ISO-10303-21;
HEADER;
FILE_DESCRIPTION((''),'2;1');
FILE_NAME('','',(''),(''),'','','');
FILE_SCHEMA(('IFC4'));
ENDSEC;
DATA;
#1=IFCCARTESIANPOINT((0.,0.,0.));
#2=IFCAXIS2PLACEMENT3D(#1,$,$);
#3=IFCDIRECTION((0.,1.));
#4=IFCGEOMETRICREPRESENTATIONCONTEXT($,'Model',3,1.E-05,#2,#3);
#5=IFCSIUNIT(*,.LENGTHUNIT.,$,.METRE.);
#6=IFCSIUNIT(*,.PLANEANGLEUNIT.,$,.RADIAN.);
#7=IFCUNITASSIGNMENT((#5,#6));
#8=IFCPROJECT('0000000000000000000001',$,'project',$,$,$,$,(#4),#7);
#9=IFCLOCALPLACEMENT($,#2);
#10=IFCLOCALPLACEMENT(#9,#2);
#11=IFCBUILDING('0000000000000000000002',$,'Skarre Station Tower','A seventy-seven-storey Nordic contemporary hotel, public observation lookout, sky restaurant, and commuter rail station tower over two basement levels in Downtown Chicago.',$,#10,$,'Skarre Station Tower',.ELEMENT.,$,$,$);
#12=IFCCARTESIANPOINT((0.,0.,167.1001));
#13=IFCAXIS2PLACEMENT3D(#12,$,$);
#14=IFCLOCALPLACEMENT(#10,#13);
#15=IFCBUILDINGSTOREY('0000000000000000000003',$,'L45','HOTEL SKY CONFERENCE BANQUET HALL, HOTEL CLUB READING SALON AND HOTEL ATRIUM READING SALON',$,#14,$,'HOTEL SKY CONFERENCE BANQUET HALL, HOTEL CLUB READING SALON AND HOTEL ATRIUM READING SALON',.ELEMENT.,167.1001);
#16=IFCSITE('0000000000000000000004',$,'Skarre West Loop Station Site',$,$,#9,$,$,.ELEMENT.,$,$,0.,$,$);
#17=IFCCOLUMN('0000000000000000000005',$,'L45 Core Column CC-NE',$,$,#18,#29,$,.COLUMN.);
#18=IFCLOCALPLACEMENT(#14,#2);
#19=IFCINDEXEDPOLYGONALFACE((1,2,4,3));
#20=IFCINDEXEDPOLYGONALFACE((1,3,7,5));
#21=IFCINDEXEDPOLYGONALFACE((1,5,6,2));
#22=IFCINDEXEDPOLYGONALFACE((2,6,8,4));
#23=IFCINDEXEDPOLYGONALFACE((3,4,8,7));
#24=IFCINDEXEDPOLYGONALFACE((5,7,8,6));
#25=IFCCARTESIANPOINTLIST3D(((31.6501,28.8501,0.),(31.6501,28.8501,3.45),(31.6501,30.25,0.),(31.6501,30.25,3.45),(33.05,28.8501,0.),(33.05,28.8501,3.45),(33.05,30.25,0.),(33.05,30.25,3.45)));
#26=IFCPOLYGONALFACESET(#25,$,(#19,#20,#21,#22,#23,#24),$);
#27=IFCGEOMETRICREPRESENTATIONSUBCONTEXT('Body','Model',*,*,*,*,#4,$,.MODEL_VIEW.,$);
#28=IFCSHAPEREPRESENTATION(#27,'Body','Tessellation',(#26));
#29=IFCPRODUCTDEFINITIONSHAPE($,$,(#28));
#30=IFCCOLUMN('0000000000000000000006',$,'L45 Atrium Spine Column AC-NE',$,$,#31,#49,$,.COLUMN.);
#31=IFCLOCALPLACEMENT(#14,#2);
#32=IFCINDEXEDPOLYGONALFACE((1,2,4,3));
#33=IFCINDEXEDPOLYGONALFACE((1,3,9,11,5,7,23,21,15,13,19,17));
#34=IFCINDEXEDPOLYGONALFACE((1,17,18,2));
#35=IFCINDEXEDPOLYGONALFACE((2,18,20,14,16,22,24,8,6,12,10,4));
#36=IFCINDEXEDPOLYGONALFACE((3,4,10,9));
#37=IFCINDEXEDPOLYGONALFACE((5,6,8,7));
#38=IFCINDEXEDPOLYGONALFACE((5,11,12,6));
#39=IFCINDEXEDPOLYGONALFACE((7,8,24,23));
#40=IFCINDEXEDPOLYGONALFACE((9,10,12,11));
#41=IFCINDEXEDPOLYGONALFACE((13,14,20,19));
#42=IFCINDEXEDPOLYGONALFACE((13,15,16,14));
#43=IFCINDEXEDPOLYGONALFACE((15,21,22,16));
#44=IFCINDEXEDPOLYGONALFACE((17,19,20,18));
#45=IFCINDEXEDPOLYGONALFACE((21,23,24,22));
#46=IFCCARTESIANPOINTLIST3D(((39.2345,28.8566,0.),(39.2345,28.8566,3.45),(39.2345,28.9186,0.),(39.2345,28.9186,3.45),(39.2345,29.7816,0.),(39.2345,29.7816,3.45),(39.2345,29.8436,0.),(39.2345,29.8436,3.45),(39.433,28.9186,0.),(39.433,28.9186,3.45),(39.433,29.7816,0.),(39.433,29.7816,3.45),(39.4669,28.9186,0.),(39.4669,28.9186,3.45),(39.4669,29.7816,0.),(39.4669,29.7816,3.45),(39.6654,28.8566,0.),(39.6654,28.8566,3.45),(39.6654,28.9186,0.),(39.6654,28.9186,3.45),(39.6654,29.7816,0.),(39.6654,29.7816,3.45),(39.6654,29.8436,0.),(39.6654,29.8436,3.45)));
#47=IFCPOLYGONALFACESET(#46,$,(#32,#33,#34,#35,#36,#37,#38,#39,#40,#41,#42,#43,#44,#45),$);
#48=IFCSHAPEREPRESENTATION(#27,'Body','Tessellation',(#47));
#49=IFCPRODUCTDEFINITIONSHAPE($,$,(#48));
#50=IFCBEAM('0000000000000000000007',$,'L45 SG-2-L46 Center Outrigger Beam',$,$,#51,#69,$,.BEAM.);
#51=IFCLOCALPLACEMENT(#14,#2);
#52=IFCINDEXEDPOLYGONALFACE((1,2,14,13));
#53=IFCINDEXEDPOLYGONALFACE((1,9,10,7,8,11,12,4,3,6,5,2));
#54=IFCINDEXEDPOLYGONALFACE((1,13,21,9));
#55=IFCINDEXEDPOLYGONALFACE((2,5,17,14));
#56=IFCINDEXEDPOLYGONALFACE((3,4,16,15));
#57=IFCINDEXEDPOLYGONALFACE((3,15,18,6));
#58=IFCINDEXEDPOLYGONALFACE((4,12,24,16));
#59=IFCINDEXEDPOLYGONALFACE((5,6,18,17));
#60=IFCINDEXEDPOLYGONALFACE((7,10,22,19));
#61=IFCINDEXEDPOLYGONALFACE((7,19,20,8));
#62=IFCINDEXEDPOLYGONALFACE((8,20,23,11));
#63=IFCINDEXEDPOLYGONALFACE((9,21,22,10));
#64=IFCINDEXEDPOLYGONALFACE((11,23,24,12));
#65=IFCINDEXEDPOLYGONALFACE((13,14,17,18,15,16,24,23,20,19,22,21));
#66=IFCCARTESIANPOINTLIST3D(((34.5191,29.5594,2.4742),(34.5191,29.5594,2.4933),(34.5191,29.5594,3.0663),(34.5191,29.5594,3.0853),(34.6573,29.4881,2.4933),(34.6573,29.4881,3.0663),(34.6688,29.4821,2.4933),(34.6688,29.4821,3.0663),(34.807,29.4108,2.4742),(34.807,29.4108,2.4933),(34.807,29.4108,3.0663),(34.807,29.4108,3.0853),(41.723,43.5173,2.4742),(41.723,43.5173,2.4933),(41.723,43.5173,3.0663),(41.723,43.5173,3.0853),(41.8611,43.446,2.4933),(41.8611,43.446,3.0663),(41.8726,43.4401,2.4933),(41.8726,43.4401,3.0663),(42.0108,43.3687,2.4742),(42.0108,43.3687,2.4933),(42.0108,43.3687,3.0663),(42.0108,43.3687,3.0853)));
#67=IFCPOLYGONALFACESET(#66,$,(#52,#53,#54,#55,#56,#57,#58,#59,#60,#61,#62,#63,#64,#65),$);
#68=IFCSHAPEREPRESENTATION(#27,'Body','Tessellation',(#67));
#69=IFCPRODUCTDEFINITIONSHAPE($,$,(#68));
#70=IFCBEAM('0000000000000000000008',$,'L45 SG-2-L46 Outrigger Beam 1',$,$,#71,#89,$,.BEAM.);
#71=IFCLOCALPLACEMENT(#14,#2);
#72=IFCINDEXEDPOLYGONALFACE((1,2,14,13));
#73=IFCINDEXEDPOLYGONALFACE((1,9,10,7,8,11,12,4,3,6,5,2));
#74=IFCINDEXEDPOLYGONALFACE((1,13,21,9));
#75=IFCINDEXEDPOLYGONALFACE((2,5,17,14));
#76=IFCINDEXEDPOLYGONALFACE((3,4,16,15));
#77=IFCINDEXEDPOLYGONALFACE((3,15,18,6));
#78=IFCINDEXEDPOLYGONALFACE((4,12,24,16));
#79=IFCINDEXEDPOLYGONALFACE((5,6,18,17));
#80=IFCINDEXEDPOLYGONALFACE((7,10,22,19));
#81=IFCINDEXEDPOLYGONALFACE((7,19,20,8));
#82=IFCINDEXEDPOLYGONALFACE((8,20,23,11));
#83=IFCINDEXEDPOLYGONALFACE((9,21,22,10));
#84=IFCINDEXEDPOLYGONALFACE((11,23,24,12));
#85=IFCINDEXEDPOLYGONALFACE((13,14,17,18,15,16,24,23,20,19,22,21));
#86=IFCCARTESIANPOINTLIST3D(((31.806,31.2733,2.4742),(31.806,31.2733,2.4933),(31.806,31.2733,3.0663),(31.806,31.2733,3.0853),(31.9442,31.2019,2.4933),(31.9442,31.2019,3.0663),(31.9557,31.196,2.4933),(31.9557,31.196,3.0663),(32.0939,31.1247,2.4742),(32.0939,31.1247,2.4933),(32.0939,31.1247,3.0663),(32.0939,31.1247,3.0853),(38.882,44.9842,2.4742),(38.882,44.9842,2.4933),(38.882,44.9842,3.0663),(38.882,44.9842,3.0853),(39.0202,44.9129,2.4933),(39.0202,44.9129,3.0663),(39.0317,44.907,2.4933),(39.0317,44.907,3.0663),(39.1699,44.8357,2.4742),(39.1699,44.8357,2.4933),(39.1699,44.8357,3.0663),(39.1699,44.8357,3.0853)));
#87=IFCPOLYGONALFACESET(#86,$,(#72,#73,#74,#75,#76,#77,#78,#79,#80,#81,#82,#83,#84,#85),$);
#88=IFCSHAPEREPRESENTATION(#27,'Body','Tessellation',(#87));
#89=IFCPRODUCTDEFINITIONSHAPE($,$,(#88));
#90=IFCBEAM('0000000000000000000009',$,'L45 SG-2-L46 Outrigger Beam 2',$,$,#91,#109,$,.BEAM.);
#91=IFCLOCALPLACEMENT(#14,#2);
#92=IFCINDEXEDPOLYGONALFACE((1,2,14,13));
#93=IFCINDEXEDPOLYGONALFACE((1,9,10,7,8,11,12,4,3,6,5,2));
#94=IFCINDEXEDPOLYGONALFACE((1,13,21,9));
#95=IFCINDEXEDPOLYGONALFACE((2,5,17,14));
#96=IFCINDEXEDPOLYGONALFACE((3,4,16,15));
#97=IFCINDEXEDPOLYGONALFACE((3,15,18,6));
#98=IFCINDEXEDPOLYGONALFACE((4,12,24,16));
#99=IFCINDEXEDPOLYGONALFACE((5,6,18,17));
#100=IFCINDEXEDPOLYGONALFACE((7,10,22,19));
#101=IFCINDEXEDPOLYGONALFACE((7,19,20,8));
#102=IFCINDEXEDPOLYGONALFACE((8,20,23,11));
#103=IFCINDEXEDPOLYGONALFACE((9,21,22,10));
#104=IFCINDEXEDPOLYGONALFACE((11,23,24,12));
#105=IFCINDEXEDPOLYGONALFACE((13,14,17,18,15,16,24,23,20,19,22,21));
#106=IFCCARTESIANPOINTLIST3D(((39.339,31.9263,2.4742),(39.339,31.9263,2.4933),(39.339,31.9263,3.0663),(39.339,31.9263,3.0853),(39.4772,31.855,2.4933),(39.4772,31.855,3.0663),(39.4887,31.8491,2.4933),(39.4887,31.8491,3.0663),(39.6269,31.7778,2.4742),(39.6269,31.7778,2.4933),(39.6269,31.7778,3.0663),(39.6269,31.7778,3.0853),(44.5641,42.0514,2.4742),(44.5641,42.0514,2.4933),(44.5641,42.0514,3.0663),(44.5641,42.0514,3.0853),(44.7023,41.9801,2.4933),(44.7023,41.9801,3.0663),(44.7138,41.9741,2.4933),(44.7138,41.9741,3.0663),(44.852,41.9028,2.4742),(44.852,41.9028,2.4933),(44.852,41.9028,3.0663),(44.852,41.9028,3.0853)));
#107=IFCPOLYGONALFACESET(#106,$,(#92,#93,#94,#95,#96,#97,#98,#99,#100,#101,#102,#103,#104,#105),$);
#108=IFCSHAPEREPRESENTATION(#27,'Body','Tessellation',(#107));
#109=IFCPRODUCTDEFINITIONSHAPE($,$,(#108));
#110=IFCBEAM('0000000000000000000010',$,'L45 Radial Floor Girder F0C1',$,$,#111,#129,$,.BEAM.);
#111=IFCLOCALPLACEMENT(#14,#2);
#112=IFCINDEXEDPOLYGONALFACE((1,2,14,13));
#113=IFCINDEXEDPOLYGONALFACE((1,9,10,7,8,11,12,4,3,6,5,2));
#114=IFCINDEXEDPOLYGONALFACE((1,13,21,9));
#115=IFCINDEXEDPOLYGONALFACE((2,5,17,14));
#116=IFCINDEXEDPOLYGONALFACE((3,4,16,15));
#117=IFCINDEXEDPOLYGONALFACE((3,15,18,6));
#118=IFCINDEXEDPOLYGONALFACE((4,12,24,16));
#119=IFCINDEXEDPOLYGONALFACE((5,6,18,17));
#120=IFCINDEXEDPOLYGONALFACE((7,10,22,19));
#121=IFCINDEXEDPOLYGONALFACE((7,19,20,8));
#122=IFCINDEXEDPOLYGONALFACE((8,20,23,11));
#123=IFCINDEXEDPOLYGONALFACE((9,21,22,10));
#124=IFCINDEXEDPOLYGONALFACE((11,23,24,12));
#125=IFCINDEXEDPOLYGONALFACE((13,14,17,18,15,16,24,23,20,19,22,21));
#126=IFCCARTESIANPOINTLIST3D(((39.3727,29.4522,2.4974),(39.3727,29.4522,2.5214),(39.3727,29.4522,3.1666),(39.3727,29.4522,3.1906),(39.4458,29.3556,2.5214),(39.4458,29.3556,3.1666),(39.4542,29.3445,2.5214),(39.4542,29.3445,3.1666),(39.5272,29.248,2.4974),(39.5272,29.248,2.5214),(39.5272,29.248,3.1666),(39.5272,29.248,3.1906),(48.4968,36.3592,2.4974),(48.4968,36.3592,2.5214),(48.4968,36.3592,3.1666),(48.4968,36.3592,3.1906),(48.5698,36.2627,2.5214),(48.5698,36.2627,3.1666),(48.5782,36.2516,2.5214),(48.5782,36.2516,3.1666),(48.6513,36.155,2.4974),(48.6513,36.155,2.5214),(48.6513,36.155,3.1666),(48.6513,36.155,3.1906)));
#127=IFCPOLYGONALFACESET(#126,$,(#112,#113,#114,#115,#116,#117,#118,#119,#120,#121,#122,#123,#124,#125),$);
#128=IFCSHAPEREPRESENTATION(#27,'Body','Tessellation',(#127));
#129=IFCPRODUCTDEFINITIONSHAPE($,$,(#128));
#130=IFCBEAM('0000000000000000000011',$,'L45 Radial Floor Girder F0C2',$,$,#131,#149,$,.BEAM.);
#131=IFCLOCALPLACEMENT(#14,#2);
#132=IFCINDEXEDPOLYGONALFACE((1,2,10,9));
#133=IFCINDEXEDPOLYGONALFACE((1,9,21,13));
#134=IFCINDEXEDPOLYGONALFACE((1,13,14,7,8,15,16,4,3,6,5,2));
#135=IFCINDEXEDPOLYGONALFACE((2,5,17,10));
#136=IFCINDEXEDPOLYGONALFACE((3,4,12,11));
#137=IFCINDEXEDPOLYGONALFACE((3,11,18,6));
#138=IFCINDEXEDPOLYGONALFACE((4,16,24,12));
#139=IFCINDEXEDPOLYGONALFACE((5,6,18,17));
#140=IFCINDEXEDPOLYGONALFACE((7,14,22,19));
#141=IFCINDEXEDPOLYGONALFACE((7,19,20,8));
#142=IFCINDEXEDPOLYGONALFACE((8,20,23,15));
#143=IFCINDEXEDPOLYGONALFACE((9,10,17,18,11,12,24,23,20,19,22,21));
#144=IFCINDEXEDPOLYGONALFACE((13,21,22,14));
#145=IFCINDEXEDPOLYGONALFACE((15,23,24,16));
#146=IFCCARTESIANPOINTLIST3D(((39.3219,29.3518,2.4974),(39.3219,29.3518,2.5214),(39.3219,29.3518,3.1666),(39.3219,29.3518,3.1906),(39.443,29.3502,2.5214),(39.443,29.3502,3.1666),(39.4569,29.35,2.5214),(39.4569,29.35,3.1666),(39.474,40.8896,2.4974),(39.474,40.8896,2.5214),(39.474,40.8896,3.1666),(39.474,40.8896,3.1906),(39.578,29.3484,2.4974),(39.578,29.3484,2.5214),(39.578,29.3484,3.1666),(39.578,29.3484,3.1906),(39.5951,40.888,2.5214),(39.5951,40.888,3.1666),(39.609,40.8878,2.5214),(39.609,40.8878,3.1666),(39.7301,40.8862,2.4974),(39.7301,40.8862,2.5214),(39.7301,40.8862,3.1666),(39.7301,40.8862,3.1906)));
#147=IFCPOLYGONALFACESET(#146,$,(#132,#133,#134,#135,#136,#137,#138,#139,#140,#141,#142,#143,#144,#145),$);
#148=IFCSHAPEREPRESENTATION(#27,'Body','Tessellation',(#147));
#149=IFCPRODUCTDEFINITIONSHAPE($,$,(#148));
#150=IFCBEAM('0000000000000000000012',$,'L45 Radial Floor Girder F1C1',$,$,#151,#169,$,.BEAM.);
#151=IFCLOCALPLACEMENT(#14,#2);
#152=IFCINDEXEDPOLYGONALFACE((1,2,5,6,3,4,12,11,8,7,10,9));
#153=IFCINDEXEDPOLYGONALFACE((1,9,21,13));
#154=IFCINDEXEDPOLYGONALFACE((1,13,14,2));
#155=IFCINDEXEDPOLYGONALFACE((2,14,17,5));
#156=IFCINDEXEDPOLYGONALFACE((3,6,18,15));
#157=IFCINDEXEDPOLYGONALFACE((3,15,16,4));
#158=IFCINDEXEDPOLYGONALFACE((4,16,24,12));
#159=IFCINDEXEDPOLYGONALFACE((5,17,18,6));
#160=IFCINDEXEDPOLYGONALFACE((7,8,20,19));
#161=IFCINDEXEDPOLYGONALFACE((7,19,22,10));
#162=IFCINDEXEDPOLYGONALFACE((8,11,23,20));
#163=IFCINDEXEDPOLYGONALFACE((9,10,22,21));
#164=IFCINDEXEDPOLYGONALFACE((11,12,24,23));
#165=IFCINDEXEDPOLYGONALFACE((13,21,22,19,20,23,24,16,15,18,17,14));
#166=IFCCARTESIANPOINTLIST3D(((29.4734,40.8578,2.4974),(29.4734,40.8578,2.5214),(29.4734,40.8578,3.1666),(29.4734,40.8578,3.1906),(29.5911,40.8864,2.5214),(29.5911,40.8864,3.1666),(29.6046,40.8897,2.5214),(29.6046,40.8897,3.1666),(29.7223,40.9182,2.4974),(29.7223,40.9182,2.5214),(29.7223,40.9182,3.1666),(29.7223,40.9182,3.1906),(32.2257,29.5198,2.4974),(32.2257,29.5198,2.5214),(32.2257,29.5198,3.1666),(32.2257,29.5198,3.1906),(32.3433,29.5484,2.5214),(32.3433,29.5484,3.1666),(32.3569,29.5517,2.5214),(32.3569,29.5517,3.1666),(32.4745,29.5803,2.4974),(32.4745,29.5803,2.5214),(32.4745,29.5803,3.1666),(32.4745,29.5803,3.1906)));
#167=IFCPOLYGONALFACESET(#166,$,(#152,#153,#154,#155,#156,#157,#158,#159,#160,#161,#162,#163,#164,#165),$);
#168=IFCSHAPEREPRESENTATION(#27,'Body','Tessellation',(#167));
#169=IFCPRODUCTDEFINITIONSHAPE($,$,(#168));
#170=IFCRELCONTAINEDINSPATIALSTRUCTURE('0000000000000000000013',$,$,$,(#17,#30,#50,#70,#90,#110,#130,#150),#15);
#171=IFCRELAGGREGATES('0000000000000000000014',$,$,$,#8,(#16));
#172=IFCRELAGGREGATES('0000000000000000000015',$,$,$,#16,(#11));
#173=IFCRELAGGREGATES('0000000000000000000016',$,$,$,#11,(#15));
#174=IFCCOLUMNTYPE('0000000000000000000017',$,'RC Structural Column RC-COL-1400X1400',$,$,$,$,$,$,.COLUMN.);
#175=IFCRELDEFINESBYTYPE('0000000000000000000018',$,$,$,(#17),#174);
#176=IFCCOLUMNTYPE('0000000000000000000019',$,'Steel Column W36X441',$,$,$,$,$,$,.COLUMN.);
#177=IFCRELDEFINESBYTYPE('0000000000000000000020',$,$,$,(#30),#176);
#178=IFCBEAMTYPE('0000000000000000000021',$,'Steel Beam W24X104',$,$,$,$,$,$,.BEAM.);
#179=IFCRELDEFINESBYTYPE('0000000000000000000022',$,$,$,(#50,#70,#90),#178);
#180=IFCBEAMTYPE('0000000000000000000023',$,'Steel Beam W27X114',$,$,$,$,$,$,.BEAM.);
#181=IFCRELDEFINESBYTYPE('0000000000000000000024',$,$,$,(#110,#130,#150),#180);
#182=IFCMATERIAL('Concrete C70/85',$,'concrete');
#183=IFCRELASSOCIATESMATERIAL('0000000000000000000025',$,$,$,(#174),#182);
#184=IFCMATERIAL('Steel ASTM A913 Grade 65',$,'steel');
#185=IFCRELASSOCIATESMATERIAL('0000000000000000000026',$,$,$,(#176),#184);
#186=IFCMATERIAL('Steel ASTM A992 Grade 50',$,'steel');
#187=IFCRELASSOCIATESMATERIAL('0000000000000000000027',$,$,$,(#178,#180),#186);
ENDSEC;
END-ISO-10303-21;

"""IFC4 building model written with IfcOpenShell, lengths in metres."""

from ifc_helpers import new_model, si_unit, direction, frame, origin, origin_2d, place, context, subcontext, project, spatial, rectangle, i_section, extrude, material, material_profile, profile_set, type_object, element, save


model = new_model("IFC4")

# Units and contexts
model_context = context("Model", 3, precision=1e-05, world=origin(), true_north=direction((0.0, 1.0)))
body_context = subcontext(model_context, "Body", "Model", "MODEL_VIEW")
ifc_project = project(units=[si_unit("LENGTHUNIT", "METRE"), si_unit("PLANEANGLEUNIT", "RADIAN")], contexts=[model_context])

# Site, building, storey
site_placement = place(None, origin())
site = spatial("IfcSite", under=ifc_project, at=site_placement, Name="Skarre West Loop Station Site", CompositionType="ELEMENT", RefElevation=0.0)
building_placement = place(site_placement, origin())
building = spatial("IfcBuilding", under=site, at=building_placement, Name="Skarre Station Tower", Description="A seventy-seven-storey Nordic contemporary hotel, public observation lookout, sky restaurant, and commuter rail station tower over two basement levels in Downtown Chicago.", LongName="Skarre Station Tower", CompositionType="ELEMENT")
storey_placement = place(building_placement, frame((0.0, 0.0, 167.1001)))
storey = spatial("IfcBuildingStorey", under=building, at=storey_placement, Name="L45", Description="HOTEL SKY CONFERENCE BANQUET HALL, HOTEL CLUB READING SALON AND HOTEL ATRIUM READING SALON", LongName="HOTEL SKY CONFERENCE BANQUET HALL, HOTEL CLUB READING SALON AND HOTEL ATRIUM READING SALON", CompositionType="ELEMENT", Elevation=167.1001)

# Columns
ifc_material_1 = material(Name="Concrete C70/85", Category="concrete")
ifc_material_profile_1 = material_profile(ifc_material_1, rectangle(XDim=1.3999, YDim=1.3999, at=origin_2d()), Name="Concrete C70/85")
ifc_profile_set_1 = profile_set([ifc_material_profile_1], Name="Concrete C70/85")
column_type_1 = type_object("IfcColumnType", Name="RC Structural Column RC-COL-1400X1400", PredefinedType="COLUMN", material=ifc_profile_set_1)
column_1_placement = place(storey_placement, frame((32.3501, 29.55, 0.0), z_axis=(0.0, 0.0, 1.0), x_axis=(1.0, 0.0, 0.0)))
element("IfcColumn", 1, at=column_1_placement, inside=storey, type_object=column_type_1, Name="L45 Core Column CC-NE", PredefinedType="COLUMN", context=body_context, shape_type="SweptSolid", body=[
    extrude(rectangle(XDim=1.3999, YDim=1.3999, at=origin_2d()), origin(), (0.0, 0.0, 1.0), 3.45),
])
ifc_material_2 = material(Name="Steel ASTM A913 Grade 65", Category="steel")
ifc_material_profile_2 = material_profile(ifc_material_2, i_section(OverallWidth=0.4309, OverallDepth=0.9871, WebThickness=0.0339, FlangeThickness=0.062, at=origin_2d()), Name="Steel ASTM A913 Grade 65")
ifc_profile_set_2 = profile_set([ifc_material_profile_2], Name="Steel ASTM A913 Grade 65")
column_type_2 = type_object("IfcColumnType", Name="Steel Column W36X441", PredefinedType="COLUMN", material=ifc_profile_set_2)
column_2_placement = place(storey_placement, frame((39.45, 29.3501, 0.0), z_axis=(0.0, 0.0, 1.0), x_axis=(1.0, 0.0, 0.0)))
element("IfcColumn", 2, at=column_2_placement, inside=storey, type_object=column_type_2, Name="L45 Atrium Spine Column AC-NE", PredefinedType="COLUMN", context=body_context, shape_type="SweptSolid", body=[
    extrude(i_section(OverallWidth=0.4309, OverallDepth=0.9871, WebThickness=0.0339, FlangeThickness=0.062, at=origin_2d()), origin(), (0.0, 0.0, 1.0), 3.45),
])

# Beams
ifc_material_3 = material(Name="Steel ASTM A992 Grade 50", Category="steel")
ifc_material_profile_3 = material_profile(ifc_material_3, i_section(OverallWidth=0.324, OverallDepth=0.6111, WebThickness=0.0129, FlangeThickness=0.019, at=origin_2d()), Name="Steel ASTM A992 Grade 50")
ifc_profile_set_3 = profile_set([ifc_material_profile_3], Name="Steel ASTM A992 Grade 50")
beam_type_1 = type_object("IfcBeamType", Name="Steel Beam W24X104", PredefinedType="BEAM", material=ifc_profile_set_3)
beam_1_placement = place(storey_placement, frame((34.6631, 29.4851, 2.7798), z_axis=(0.458629, 0.888628, 0.0), x_axis=(-0.888628, 0.458629, 0.0)))
element("IfcBeam", 3, at=beam_1_placement, inside=storey, type_object=beam_type_1, Name="L45 SG-2-L46 Center Outrigger Beam", PredefinedType="BEAM", context=body_context, shape_type="SweptSolid", body=[
    extrude(i_section(OverallWidth=0.324, OverallDepth=0.6111, WebThickness=0.0129, FlangeThickness=0.019, at=origin_2d()), origin(), (0.0, 0.0, 1.0), 15.7073),
])
beam_2_placement = place(storey_placement, frame((31.95, 31.199, 2.7798), z_axis=(0.458608, 0.888639, 0.0), x_axis=(-0.888639, 0.458608, 0.0)))
element("IfcBeam", 4, at=beam_2_placement, inside=storey, type_object=beam_type_1, Name="L45 SG-2-L46 Outrigger Beam 1", PredefinedType="BEAM", context=body_context, shape_type="SweptSolid", body=[
    extrude(i_section(OverallWidth=0.324, OverallDepth=0.6111, WebThickness=0.0129, FlangeThickness=0.019, at=origin_2d()), origin(), (0.0, 0.0, 1.0), 15.4292),
])
beam_3_placement = place(storey_placement, frame((39.4829, 31.8521, 2.7798), z_axis=(0.458594, 0.888646, 0.0), x_axis=(-0.888646, 0.458594, 0.0)))
element("IfcBeam", 5, at=beam_3_placement, inside=storey, type_object=beam_type_1, Name="L45 SG-2-L46 Outrigger Beam 2", PredefinedType="BEAM", context=body_context, shape_type="SweptSolid", body=[
    extrude(i_section(OverallWidth=0.324, OverallDepth=0.6111, WebThickness=0.0129, FlangeThickness=0.019, at=origin_2d()), origin(), (0.0, 0.0, 1.0), 11.3938),
])
ifc_material_profile_4 = material_profile(ifc_material_3, i_section(OverallWidth=0.2561, OverallDepth=0.6931, WebThickness=0.0139, FlangeThickness=0.0239, at=origin_2d()), Name="Steel ASTM A992 Grade 50")
ifc_profile_set_4 = profile_set([ifc_material_profile_4], Name="Steel ASTM A992 Grade 50")
beam_type_2 = type_object("IfcBeamType", Name="Steel Beam W27X114", PredefinedType="BEAM", material=ifc_profile_set_4)
beam_4_placement = place(storey_placement, frame((39.45, 29.3501, 2.844), z_axis=(0.797309, 0.603571, 0.0), x_axis=(-0.603571, 0.797309, 0.0)))
element("IfcBeam", 6, at=beam_4_placement, inside=storey, type_object=beam_type_2, Name="L45 Radial Floor Girder F0C1", PredefinedType="BEAM", context=body_context, shape_type="SweptSolid", body=[
    extrude(i_section(OverallWidth=0.2561, OverallDepth=0.6931, WebThickness=0.0139, FlangeThickness=0.0239, at=origin_2d()), origin(), (0.0, 0.0, 1.0), 11.4436),
])
beam_5_placement = place(storey_placement, frame((39.45, 29.3501, 2.844), z_axis=(0.013182, 0.999913, 0.0), x_axis=(-0.999913, 0.013182, 0.0)))
element("IfcBeam", 7, at=beam_5_placement, inside=storey, type_object=beam_type_2, Name="L45 Radial Floor Girder F0C2", PredefinedType="BEAM", context=body_context, shape_type="SweptSolid", body=[
    extrude(i_section(OverallWidth=0.2561, OverallDepth=0.6931, WebThickness=0.0139, FlangeThickness=0.0239, at=origin_2d()), origin(), (0.0, 0.0, 1.0), 11.5388),
])
beam_6_placement = place(storey_placement, frame((32.3501, 29.55, 2.844), z_axis=(-0.235893, 0.971779, 0.0), x_axis=(-0.971779, -0.235893, 0.0)))
element("IfcBeam", 8, at=beam_6_placement, inside=storey, type_object=beam_type_2, Name="L45 Radial Floor Girder F1C1", PredefinedType="BEAM", context=body_context, shape_type="SweptSolid", body=[
    extrude(i_section(OverallWidth=0.2561, OverallDepth=0.6931, WebThickness=0.0139, FlangeThickness=0.0239, at=origin_2d()), origin(), (0.0, 0.0, 1.0), 11.6672),
])

save(model, "model.ifc")
